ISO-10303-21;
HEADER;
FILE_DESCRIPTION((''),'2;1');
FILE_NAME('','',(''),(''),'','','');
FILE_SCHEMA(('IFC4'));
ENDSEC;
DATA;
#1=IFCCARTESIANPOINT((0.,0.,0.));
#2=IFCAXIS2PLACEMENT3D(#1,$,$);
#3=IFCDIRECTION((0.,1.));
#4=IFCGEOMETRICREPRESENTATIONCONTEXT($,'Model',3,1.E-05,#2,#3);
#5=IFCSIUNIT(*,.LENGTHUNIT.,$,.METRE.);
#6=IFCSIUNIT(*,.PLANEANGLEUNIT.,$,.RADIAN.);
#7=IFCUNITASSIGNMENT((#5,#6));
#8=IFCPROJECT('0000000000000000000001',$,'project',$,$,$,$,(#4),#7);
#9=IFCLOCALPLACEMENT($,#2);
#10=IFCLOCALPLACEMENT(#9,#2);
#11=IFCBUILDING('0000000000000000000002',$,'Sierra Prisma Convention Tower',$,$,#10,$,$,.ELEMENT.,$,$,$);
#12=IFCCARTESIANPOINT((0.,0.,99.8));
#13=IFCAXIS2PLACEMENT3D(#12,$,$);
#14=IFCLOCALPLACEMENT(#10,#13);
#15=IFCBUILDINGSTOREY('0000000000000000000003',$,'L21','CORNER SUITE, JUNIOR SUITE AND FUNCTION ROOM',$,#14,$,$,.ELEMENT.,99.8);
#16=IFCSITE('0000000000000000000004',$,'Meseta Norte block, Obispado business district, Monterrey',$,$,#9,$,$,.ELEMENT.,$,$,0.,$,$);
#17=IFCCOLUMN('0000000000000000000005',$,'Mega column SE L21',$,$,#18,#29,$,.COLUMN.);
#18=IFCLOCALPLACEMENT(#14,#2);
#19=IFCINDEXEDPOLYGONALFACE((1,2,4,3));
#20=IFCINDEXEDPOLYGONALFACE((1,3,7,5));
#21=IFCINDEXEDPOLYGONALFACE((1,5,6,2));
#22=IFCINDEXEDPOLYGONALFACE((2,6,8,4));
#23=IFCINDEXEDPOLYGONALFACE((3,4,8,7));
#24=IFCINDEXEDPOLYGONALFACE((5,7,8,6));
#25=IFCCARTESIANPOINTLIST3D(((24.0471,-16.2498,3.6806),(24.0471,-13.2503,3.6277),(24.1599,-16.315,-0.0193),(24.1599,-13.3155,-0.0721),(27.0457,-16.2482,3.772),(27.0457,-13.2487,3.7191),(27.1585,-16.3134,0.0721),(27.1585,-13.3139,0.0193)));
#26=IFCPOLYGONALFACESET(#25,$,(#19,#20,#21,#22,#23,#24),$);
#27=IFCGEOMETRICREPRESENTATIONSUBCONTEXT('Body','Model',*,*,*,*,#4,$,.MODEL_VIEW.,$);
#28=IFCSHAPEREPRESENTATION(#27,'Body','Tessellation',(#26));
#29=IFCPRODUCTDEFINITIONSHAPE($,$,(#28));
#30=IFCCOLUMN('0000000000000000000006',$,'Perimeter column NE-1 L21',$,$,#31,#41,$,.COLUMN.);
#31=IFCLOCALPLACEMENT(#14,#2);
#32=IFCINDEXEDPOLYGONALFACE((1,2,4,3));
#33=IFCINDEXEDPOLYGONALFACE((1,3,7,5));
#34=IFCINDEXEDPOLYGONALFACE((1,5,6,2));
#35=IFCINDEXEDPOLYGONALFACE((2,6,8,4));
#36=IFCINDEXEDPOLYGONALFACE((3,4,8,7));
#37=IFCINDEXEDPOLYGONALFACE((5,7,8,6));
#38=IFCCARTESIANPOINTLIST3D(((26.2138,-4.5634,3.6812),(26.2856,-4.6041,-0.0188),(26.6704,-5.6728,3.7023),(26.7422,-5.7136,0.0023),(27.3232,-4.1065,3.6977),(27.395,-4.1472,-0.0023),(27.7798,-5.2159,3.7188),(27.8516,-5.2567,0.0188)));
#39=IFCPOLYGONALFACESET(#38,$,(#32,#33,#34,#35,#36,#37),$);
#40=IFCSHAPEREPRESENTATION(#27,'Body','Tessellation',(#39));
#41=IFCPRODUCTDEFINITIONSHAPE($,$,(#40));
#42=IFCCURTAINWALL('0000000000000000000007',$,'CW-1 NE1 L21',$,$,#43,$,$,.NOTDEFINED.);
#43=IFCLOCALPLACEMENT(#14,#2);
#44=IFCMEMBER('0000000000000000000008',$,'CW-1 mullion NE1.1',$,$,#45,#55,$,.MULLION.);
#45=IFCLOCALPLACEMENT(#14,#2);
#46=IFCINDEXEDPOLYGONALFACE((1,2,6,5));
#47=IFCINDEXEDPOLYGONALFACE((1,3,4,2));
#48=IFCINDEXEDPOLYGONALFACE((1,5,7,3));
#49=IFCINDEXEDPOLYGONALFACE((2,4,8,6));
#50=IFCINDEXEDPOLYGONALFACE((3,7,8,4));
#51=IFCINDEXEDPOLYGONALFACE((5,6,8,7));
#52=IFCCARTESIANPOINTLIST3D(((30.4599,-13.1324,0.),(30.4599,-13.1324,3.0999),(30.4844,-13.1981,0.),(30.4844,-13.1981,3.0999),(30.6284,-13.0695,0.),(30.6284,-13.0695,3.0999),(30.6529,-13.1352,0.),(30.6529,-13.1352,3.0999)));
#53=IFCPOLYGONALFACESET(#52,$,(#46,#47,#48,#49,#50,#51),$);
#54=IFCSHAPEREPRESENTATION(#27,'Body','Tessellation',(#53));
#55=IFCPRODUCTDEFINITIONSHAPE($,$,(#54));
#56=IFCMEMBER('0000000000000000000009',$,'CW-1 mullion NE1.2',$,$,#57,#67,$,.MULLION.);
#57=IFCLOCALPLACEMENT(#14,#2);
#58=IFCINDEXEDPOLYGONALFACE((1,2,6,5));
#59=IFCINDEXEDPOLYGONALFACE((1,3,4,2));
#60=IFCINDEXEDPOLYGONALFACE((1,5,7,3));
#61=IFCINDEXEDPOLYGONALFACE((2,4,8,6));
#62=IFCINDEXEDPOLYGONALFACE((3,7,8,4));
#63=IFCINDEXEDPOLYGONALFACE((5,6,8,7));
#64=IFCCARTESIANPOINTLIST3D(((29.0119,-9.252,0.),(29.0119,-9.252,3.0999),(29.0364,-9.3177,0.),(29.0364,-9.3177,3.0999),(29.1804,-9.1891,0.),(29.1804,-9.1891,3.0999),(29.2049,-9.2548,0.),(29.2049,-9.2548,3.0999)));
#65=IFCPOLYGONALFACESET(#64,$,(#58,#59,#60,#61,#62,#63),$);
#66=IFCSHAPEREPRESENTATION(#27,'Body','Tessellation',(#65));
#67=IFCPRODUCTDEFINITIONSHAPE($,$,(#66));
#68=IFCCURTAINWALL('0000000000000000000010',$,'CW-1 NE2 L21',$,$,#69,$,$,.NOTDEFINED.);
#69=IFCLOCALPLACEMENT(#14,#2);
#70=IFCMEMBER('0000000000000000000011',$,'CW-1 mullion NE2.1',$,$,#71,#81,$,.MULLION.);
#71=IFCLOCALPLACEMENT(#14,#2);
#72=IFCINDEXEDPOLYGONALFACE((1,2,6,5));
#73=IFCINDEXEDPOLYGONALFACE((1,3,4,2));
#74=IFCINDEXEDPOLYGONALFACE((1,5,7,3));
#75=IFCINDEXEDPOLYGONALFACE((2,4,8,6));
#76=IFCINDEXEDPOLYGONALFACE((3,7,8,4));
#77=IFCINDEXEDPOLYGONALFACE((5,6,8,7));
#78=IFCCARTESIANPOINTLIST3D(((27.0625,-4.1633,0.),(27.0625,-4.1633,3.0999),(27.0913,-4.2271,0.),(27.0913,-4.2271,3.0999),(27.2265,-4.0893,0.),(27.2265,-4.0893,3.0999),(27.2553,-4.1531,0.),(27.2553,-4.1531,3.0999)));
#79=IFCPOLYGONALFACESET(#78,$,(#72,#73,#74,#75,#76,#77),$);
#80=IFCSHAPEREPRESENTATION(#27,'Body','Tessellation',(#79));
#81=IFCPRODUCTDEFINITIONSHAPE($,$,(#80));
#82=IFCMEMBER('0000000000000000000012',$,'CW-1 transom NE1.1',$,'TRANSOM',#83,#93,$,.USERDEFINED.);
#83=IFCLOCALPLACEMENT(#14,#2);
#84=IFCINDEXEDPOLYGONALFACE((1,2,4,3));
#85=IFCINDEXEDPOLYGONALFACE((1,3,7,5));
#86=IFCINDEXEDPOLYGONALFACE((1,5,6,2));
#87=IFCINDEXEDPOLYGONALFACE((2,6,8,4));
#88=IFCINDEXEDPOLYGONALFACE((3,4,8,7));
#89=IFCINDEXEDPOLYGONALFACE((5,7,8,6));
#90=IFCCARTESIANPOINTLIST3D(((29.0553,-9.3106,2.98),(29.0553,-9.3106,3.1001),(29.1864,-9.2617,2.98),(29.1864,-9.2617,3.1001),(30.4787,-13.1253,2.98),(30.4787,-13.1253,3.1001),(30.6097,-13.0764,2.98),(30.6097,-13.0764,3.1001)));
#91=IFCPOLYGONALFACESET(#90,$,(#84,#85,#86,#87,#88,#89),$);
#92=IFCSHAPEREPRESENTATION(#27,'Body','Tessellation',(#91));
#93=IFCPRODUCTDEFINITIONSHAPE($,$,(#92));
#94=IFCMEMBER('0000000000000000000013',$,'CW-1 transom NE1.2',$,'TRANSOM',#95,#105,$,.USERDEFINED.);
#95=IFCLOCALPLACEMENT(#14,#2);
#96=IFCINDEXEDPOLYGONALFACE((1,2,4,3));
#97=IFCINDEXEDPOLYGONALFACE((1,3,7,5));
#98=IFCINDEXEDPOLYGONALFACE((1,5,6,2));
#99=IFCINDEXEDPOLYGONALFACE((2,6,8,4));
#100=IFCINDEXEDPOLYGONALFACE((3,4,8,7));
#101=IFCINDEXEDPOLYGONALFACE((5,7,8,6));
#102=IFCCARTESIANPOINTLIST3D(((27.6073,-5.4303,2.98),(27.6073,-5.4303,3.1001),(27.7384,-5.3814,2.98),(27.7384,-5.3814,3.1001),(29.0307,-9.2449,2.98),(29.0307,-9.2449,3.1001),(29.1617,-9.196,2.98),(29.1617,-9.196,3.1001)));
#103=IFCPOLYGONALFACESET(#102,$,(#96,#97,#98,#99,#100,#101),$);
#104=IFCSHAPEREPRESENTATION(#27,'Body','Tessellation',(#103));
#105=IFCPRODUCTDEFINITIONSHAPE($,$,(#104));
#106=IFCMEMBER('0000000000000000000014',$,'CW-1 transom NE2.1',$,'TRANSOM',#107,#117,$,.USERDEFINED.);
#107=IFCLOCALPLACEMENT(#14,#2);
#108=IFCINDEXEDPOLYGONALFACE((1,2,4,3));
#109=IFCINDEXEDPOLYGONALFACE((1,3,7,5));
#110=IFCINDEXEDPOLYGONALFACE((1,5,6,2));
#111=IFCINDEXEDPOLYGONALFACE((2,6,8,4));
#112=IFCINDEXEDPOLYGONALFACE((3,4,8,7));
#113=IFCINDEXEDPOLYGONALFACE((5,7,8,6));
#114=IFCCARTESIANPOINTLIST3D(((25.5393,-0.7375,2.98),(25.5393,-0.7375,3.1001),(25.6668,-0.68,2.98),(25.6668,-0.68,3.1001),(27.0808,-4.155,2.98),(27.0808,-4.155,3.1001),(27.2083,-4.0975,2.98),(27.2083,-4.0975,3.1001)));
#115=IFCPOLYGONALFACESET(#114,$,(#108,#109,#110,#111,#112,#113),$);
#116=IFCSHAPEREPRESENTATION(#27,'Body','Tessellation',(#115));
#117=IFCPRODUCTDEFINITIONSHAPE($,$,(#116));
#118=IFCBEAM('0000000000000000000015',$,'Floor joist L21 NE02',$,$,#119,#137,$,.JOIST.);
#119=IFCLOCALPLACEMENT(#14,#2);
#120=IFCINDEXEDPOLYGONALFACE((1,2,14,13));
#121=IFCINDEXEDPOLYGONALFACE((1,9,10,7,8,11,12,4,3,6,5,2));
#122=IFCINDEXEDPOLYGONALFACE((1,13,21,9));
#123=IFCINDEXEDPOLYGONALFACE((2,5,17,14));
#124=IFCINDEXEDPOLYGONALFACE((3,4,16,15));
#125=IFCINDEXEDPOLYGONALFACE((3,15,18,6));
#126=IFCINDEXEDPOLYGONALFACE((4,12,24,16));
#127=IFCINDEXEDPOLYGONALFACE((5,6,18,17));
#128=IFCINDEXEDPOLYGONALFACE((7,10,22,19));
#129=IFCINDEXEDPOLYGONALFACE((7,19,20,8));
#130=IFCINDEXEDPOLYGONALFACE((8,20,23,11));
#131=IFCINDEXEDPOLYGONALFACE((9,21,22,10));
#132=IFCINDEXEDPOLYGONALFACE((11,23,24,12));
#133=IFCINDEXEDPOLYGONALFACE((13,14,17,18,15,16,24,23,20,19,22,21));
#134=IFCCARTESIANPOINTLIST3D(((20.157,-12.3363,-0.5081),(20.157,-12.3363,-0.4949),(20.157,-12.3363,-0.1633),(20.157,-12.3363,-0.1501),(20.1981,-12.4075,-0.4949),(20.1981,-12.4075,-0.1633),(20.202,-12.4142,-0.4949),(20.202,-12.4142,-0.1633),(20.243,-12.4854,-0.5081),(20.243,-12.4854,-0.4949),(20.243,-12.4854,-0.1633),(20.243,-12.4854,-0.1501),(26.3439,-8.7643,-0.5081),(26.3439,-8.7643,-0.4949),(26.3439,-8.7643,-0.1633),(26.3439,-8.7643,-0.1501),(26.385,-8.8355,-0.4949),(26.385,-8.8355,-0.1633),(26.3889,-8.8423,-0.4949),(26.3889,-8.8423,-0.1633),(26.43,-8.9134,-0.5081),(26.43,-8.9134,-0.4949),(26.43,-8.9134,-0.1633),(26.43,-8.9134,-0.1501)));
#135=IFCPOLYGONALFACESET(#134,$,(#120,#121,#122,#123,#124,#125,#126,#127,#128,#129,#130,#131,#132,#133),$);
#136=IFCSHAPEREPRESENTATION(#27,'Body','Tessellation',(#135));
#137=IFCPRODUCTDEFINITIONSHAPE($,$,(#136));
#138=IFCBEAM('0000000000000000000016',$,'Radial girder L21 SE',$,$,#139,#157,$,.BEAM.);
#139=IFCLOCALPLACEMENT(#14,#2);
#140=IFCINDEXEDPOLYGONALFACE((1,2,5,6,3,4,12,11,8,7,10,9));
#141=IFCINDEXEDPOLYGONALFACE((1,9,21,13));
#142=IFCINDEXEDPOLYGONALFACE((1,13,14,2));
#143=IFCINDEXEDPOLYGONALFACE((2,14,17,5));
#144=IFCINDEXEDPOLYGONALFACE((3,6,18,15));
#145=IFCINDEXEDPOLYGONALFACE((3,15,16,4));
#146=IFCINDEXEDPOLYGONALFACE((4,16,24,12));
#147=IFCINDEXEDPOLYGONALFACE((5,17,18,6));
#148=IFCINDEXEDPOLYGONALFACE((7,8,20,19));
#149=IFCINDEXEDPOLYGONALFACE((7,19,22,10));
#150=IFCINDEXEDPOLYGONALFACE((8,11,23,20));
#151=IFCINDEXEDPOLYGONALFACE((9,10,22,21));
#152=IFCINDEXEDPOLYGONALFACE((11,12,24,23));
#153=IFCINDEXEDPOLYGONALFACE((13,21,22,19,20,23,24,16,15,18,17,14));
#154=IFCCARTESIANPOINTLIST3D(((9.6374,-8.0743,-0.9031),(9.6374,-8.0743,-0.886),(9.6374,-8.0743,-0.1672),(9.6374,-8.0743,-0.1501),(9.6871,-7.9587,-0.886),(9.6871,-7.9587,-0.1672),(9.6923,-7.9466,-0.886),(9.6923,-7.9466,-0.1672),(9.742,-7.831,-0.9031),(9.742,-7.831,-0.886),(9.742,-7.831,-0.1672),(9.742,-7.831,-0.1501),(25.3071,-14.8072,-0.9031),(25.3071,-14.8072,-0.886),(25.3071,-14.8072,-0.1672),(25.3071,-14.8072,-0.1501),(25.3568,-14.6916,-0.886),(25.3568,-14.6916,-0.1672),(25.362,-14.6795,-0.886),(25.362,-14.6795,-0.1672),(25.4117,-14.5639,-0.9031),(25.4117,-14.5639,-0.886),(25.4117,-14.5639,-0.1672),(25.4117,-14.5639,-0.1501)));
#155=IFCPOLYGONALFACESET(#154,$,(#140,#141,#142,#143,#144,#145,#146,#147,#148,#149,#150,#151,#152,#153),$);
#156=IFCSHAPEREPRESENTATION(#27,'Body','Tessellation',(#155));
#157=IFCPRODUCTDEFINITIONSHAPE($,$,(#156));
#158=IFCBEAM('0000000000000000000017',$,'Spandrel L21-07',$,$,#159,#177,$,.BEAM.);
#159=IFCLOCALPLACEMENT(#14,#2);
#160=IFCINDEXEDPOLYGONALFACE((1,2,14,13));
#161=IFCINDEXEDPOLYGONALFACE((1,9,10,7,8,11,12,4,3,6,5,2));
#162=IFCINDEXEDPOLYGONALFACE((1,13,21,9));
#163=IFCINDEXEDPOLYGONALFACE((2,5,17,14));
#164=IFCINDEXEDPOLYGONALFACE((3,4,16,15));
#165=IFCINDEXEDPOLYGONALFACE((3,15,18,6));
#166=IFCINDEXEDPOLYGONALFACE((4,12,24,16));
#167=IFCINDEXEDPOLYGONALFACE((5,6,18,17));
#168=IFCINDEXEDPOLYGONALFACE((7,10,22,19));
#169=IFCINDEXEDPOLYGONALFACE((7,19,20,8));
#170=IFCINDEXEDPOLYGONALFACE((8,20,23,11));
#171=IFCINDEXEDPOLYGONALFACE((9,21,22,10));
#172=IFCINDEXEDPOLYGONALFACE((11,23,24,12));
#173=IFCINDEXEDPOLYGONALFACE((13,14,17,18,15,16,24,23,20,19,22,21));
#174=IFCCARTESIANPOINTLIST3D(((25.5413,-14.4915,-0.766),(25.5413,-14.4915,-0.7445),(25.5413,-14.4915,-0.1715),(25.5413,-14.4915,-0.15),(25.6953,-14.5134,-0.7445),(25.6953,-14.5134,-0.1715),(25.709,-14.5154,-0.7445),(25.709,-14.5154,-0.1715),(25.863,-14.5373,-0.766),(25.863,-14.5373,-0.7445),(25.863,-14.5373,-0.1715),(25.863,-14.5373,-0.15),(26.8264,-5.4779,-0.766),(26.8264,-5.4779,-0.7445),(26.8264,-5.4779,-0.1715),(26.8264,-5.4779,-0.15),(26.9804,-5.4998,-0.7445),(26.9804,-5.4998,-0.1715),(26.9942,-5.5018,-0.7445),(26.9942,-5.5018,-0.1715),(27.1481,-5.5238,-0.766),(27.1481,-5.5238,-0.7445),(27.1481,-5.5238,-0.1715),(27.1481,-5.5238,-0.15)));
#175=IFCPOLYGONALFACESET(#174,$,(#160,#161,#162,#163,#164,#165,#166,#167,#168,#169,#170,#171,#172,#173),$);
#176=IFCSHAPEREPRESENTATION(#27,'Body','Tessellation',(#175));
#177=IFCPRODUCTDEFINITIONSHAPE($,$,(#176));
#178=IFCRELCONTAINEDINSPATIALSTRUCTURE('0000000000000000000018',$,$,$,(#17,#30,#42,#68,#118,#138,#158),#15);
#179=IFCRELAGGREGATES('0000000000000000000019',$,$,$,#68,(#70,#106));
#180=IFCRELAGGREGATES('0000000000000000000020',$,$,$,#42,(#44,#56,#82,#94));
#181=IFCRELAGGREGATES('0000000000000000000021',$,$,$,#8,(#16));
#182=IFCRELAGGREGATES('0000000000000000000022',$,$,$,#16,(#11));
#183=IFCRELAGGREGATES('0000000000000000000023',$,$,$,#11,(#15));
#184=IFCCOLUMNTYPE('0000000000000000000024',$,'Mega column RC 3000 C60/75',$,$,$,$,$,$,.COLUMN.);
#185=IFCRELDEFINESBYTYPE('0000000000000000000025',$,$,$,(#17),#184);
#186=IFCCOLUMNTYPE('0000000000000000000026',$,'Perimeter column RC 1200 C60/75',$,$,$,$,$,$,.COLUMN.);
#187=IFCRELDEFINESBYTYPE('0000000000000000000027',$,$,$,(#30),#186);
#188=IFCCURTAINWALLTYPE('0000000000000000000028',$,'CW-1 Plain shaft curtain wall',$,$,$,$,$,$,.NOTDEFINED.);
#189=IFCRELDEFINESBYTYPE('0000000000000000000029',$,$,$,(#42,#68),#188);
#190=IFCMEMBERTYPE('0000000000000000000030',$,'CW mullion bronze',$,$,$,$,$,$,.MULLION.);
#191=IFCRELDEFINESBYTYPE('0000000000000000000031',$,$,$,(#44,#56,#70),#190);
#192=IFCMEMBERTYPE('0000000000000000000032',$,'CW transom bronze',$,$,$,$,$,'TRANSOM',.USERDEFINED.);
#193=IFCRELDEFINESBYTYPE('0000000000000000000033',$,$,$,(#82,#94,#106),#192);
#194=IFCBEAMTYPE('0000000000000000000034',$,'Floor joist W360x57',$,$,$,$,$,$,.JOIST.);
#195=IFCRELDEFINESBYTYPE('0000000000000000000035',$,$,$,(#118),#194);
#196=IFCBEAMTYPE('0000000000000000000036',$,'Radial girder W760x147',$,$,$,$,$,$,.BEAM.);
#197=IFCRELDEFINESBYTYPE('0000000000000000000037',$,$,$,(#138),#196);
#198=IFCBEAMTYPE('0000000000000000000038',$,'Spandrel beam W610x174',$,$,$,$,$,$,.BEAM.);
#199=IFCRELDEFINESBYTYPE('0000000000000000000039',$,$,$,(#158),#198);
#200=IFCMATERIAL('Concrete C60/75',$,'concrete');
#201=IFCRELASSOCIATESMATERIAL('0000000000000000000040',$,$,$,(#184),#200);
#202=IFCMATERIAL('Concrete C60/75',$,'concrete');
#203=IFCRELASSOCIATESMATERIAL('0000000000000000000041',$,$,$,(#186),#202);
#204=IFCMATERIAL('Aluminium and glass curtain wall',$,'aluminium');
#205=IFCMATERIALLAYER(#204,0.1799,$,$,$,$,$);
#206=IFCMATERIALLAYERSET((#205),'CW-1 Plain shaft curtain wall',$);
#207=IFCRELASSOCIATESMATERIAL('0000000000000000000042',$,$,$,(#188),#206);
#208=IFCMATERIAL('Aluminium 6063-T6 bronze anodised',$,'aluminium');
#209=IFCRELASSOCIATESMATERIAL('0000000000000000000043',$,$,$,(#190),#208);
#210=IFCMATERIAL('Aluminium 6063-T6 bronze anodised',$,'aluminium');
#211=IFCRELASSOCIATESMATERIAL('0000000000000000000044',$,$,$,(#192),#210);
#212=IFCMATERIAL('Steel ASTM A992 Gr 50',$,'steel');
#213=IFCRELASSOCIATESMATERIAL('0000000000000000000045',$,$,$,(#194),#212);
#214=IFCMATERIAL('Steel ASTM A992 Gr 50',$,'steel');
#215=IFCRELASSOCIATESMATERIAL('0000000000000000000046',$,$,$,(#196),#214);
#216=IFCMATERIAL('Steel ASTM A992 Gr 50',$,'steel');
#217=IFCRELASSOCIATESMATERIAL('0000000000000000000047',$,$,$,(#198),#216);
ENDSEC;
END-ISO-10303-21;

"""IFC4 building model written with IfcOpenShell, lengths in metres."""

from ifc_helpers import new_model, si_unit, direction, frame, origin, origin_2d, place, context, subcontext, project, spatial, rectangle, i_section, extrude, material, layer, layer_set, material_profile, profile_set, type_object, element, aggregate, save


model = new_model("IFC4")

# Units and contexts
model_context = context("Model", 3, precision=1e-05, world=origin(), true_north=direction((0.0, 1.0)))
body_context = subcontext(model_context, "Body", "Model", "MODEL_VIEW")
ifc_project = project(units=[si_unit("LENGTHUNIT", "METRE"), si_unit("PLANEANGLEUNIT", "RADIAN")], contexts=[model_context])

# Site, building, storey
site_placement = place(None, origin())
site = spatial("IfcSite", under=ifc_project, at=site_placement, Name="Meseta Norte block, Obispado business district, Monterrey", CompositionType="ELEMENT", RefElevation=0.0)
building_placement = place(site_placement, origin())
building = spatial("IfcBuilding", under=site, at=building_placement, Name="Sierra Prisma Convention Tower", CompositionType="ELEMENT")
storey_placement = place(building_placement, frame((0.0, 0.0, 99.8)))
storey = spatial("IfcBuildingStorey", under=building, at=storey_placement, Name="L21", Description="CORNER SUITE, JUNIOR SUITE AND FUNCTION ROOM", CompositionType="ELEMENT", Elevation=99.8)

# Columns
ifc_material_1 = material(Name="Concrete C60/75", Category="concrete")
ifc_material_profile_1 = material_profile(ifc_material_1, rectangle(XDim=3.0, YDim=3.0, at=origin_2d()), Name="Mega column RC 3000 C60/75")
ifc_profile_set_1 = profile_set([ifc_material_profile_1], Name="Concrete C60/75")
column_type_1 = type_object("IfcColumnType", Name="Mega column RC 3000 C60/75", PredefinedType="COLUMN", material=ifc_profile_set_1)
column_1_placement = place(storey_placement, frame((25.6592, -14.8145, 0.0), z_axis=(-0.030466, 0.017607, 0.999381), x_axis=(0.999536, 0.000537, 0.030461)))
element("IfcColumn", 1, at=column_1_placement, inside=storey, type_object=column_type_1, Name="Mega column SE L21", PredefinedType="COLUMN", context=body_context, shape_type="SweptSolid", body=[
    extrude(rectangle(XDim=3.0, YDim=3.0, at=origin_2d()), origin(), (0.0, 0.0, 1.0), 3.7021),
])
ifc_material_2 = material(Name="Concrete C60/75", Category="concrete")
ifc_material_profile_2 = material_profile(ifc_material_2, rectangle(XDim=1.2, YDim=1.2, at=origin_2d()), Name="Perimeter column RC 1200 C60/75")
ifc_profile_set_2 = profile_set([ifc_material_profile_2], Name="Concrete C60/75")
column_type_2 = type_object("IfcColumnType", Name="Perimeter column RC 1200 C60/75", PredefinedType="COLUMN", material=ifc_profile_set_2)
column_2_placement = place(storey_placement, frame((27.0686, -4.9304, 0.0), z_axis=(-0.019395, 0.011017, 0.999751), x_axis=(-0.380515, 0.924608, -0.01757)))
element("IfcColumn", 2, at=column_2_placement, inside=storey, type_object=column_type_2, Name="Perimeter column NE-1 L21", PredefinedType="COLUMN", context=body_context, shape_type="SweptSolid", body=[
    extrude(rectangle(XDim=1.2, YDim=1.2, at=origin_2d()), origin(), (0.0, 0.0, 1.0), 3.7009),
])

# Curtain wall, members
ifc_material_3 = material(Name="Aluminium and glass curtain wall", Category="aluminium")
ifc_layer_1 = layer(ifc_material_3, 0.1799)
ifc_layer_set_1 = layer_set([ifc_layer_1], Name="CW-1 Plain shaft curtain wall")
curtain_wall_type = type_object("IfcCurtainWallType", Name="CW-1 Plain shaft curtain wall", PredefinedType="NOTDEFINED", material=ifc_layer_set_1)
curtain_wall_1_placement = place(storey_placement, origin())
curtain_wall_1 = element("IfcCurtainWall", 3, at=curtain_wall_1_placement, inside=storey, type_object=curtain_wall_type, Name="CW-1 NE1 L21", PredefinedType="NOTDEFINED")
ifc_material_4 = material(Name="Aluminium 6063-T6 bronze anodised", Category="aluminium")
ifc_material_profile_3 = material_profile(ifc_material_4, rectangle(XDim=0.1799, YDim=0.0701, at=origin_2d()), Name="ALU MULLION 70x180")
ifc_profile_set_3 = profile_set([ifc_material_profile_3], Name="Aluminium 6063-T6 bronze anodised")
member_type_1 = type_object("IfcMemberType", Name="CW mullion bronze", PredefinedType="MULLION", material=ifc_profile_set_3)
member_1_placement = place(storey_placement, frame((30.5564, -13.1338, 0.0), z_axis=(0.0, 0.0, 1.0), x_axis=(-0.936901, -0.349594, 0.0)))
member_1 = element("IfcMember", 4, at=member_1_placement, type_object=member_type_1, Name="CW-1 mullion NE1.1", PredefinedType="MULLION", context=body_context, shape_type="SweptSolid", body=[
    extrude(rectangle(XDim=0.1799, YDim=0.0701, at=origin_2d()), origin(), (0.0, 0.0, 1.0), 3.0999),
])
member_2_placement = place(storey_placement, frame((29.1084, -9.2534, 0.0), z_axis=(0.0, 0.0, 1.0), x_axis=(-0.936901, -0.349594, 0.0)))
member_2 = element("IfcMember", 5, at=member_2_placement, type_object=member_type_1, Name="CW-1 mullion NE1.2", PredefinedType="MULLION", context=body_context, shape_type="SweptSolid", body=[
    extrude(rectangle(XDim=0.1799, YDim=0.0701, at=origin_2d()), origin(), (0.0, 0.0, 1.0), 3.0999),
])

# Curtain wall, member
curtain_wall_2_placement = place(storey_placement, origin())
curtain_wall_2 = element("IfcCurtainWall", 6, at=curtain_wall_2_placement, inside=storey, type_object=curtain_wall_type, Name="CW-1 NE2 L21", PredefinedType="NOTDEFINED")
member_3_placement = place(storey_placement, frame((27.1589, -4.1582, 0.0), z_axis=(0.0, 0.0, 1.0), x_axis=(-0.911565, -0.411156, 0.0)))
member_3 = element("IfcMember", 7, at=member_3_placement, type_object=member_type_1, Name="CW-1 mullion NE2.1", PredefinedType="MULLION", context=body_context, shape_type="SweptSolid", body=[
    extrude(rectangle(XDim=0.1799, YDim=0.0701, at=origin_2d()), origin(), (0.0, 0.0, 1.0), 3.0999),
])

# Members
ifc_material_5 = material(Name="Aluminium 6063-T6 bronze anodised", Category="aluminium")
ifc_material_profile_4 = material_profile(ifc_material_5, rectangle(XDim=0.1399, YDim=0.1201, at=origin_2d()), Name="ALU TRANSOM 120x140")
ifc_profile_set_4 = profile_set([ifc_material_profile_4], Name="Aluminium 6063-T6 bronze anodised")
member_type_2 = type_object("IfcMemberType", Name="CW transom bronze", ElementType="TRANSOM", PredefinedType="USERDEFINED", material=ifc_profile_set_4)
member_4_placement = place(storey_placement, frame((30.5442, -13.1008, 3.04), z_axis=(-0.349579, 0.936907, 0.0), x_axis=(-0.936907, -0.349579, 0.0)))
member_4 = element("IfcMember", 8, at=member_4_placement, type_object=member_type_2, Name="CW-1 transom NE1.1", ObjectType="TRANSOM", PredefinedType="USERDEFINED", context=body_context, shape_type="SweptSolid", body=[
    extrude(rectangle(XDim=0.1399, YDim=0.1201, at=origin_2d()), origin(), (0.0, 0.0, 1.0), 4.0715),
])
member_5_placement = place(storey_placement, frame((29.0962, -9.2205, 3.04), z_axis=(-0.349579, 0.936907, 0.0), x_axis=(-0.936907, -0.349579, 0.0)))
member_5 = element("IfcMember", 9, at=member_5_placement, type_object=member_type_2, Name="CW-1 transom NE1.2", ObjectType="TRANSOM", PredefinedType="USERDEFINED", context=body_context, shape_type="SweptSolid", body=[
    extrude(rectangle(XDim=0.1399, YDim=0.1201, at=origin_2d()), origin(), (0.0, 0.0, 1.0), 4.0715),
])
member_6_placement = place(storey_placement, frame((27.1445, -4.1262, 3.04), z_axis=(-0.411171, 0.911558, 0.0), x_axis=(-0.911558, -0.411171, 0.0)))
member_6 = element("IfcMember", 10, at=member_6_placement, type_object=member_type_2, Name="CW-1 transom NE2.1", ObjectType="TRANSOM", PredefinedType="USERDEFINED", context=body_context, shape_type="SweptSolid", body=[
    extrude(rectangle(XDim=0.1399, YDim=0.1201, at=origin_2d()), origin(), (0.0, 0.0, 1.0), 3.749),
])
aggregate(curtain_wall_2, [member_3, member_6])

# Beams
ifc_material_6 = material(Name="Steel ASTM A992 Gr 50", Category="steel")
ifc_material_profile_5 = material_profile(ifc_material_6, i_section(OverallWidth=0.1721, OverallDepth=0.3579, WebThickness=0.0078, FlangeThickness=0.0132, at=origin_2d()), Name="W360x57")
ifc_profile_set_5 = profile_set([ifc_material_profile_5], Name="Steel ASTM A992 Gr 50")
beam_type_1 = type_object("IfcBeamType", Name="Floor joist W360x57", PredefinedType="JOIST", material=ifc_profile_set_5)
beam_1_placement = place(storey_placement, frame((26.387, -8.8389, -0.3291), z_axis=(-0.866029, -0.499995, 0.0), x_axis=(0.499995, -0.866029, 0.0)))
element("IfcBeam", 11, at=beam_1_placement, inside=storey, type_object=beam_type_1, Name="Floor joist L21 NE02", PredefinedType="JOIST", context=body_context, shape_type="SweptSolid", body=[
    extrude(i_section(OverallWidth=0.1721, OverallDepth=0.3579, WebThickness=0.0078, FlangeThickness=0.0132, at=origin_2d()), origin(), (0.0, 0.0, 1.0), 7.144),
])
ifc_material_7 = material(Name="Steel ASTM A992 Gr 50", Category="steel")
ifc_material_profile_6 = material_profile(ifc_material_7, i_section(OverallWidth=0.2649, OverallDepth=0.7529, WebThickness=0.0132, FlangeThickness=0.0171, at=origin_2d()), Name="W760x147")
ifc_profile_set_6 = profile_set([ifc_material_profile_6], Name="Steel ASTM A992 Gr 50")
beam_type_2 = type_object("IfcBeamType", Name="Radial girder W760x147", PredefinedType="BEAM", material=ifc_profile_set_6)
beam_2_placement = place(storey_placement, frame((25.3594, -14.6855, -0.5266), z_axis=(-0.918777, 0.394778, 0.0), x_axis=(-0.394778, -0.918777, 0.0)))
element("IfcBeam", 12, at=beam_2_placement, inside=storey, type_object=beam_type_2, Name="Radial girder L21 SE", PredefinedType="BEAM", context=body_context, shape_type="SweptSolid", body=[
    extrude(i_section(OverallWidth=0.2649, OverallDepth=0.7529, WebThickness=0.0132, FlangeThickness=0.0171, at=origin_2d()), origin(), (0.0, 0.0, 1.0), 17.0549),
])
ifc_material_8 = material(Name="Steel ASTM A992 Gr 50", Category="steel")
ifc_material_profile_7 = material_profile(ifc_material_8, i_section(OverallWidth=0.325, OverallDepth=0.616, WebThickness=0.0139, FlangeThickness=0.0215, at=origin_2d()), Name="W610x174")
ifc_profile_set_7 = profile_set([ifc_material_profile_7], Name="Steel ASTM A992 Gr 50")
beam_type_3 = type_object("IfcBeamType", Name="Spandrel beam W610x174", PredefinedType="BEAM", material=ifc_profile_set_7)
beam_3_placement = place(storey_placement, frame((25.7021, -14.5144, -0.458), z_axis=(0.141151, 0.989988, 0.0), x_axis=(-0.989988, 0.141151, 0.0)))
element("IfcBeam", 13, at=beam_3_placement, inside=storey, type_object=beam_type_3, Name="Spandrel L21-07", PredefinedType="BEAM", context=body_context, shape_type="SweptSolid", body=[
    extrude(i_section(OverallWidth=0.325, OverallDepth=0.616, WebThickness=0.0139, FlangeThickness=0.0215, at=origin_2d()), origin(), (0.0, 0.0, 1.0), 9.1047),
])

aggregate(curtain_wall_1, [member_1, member_2, member_4, member_5])

save(model, "model.ifc")
